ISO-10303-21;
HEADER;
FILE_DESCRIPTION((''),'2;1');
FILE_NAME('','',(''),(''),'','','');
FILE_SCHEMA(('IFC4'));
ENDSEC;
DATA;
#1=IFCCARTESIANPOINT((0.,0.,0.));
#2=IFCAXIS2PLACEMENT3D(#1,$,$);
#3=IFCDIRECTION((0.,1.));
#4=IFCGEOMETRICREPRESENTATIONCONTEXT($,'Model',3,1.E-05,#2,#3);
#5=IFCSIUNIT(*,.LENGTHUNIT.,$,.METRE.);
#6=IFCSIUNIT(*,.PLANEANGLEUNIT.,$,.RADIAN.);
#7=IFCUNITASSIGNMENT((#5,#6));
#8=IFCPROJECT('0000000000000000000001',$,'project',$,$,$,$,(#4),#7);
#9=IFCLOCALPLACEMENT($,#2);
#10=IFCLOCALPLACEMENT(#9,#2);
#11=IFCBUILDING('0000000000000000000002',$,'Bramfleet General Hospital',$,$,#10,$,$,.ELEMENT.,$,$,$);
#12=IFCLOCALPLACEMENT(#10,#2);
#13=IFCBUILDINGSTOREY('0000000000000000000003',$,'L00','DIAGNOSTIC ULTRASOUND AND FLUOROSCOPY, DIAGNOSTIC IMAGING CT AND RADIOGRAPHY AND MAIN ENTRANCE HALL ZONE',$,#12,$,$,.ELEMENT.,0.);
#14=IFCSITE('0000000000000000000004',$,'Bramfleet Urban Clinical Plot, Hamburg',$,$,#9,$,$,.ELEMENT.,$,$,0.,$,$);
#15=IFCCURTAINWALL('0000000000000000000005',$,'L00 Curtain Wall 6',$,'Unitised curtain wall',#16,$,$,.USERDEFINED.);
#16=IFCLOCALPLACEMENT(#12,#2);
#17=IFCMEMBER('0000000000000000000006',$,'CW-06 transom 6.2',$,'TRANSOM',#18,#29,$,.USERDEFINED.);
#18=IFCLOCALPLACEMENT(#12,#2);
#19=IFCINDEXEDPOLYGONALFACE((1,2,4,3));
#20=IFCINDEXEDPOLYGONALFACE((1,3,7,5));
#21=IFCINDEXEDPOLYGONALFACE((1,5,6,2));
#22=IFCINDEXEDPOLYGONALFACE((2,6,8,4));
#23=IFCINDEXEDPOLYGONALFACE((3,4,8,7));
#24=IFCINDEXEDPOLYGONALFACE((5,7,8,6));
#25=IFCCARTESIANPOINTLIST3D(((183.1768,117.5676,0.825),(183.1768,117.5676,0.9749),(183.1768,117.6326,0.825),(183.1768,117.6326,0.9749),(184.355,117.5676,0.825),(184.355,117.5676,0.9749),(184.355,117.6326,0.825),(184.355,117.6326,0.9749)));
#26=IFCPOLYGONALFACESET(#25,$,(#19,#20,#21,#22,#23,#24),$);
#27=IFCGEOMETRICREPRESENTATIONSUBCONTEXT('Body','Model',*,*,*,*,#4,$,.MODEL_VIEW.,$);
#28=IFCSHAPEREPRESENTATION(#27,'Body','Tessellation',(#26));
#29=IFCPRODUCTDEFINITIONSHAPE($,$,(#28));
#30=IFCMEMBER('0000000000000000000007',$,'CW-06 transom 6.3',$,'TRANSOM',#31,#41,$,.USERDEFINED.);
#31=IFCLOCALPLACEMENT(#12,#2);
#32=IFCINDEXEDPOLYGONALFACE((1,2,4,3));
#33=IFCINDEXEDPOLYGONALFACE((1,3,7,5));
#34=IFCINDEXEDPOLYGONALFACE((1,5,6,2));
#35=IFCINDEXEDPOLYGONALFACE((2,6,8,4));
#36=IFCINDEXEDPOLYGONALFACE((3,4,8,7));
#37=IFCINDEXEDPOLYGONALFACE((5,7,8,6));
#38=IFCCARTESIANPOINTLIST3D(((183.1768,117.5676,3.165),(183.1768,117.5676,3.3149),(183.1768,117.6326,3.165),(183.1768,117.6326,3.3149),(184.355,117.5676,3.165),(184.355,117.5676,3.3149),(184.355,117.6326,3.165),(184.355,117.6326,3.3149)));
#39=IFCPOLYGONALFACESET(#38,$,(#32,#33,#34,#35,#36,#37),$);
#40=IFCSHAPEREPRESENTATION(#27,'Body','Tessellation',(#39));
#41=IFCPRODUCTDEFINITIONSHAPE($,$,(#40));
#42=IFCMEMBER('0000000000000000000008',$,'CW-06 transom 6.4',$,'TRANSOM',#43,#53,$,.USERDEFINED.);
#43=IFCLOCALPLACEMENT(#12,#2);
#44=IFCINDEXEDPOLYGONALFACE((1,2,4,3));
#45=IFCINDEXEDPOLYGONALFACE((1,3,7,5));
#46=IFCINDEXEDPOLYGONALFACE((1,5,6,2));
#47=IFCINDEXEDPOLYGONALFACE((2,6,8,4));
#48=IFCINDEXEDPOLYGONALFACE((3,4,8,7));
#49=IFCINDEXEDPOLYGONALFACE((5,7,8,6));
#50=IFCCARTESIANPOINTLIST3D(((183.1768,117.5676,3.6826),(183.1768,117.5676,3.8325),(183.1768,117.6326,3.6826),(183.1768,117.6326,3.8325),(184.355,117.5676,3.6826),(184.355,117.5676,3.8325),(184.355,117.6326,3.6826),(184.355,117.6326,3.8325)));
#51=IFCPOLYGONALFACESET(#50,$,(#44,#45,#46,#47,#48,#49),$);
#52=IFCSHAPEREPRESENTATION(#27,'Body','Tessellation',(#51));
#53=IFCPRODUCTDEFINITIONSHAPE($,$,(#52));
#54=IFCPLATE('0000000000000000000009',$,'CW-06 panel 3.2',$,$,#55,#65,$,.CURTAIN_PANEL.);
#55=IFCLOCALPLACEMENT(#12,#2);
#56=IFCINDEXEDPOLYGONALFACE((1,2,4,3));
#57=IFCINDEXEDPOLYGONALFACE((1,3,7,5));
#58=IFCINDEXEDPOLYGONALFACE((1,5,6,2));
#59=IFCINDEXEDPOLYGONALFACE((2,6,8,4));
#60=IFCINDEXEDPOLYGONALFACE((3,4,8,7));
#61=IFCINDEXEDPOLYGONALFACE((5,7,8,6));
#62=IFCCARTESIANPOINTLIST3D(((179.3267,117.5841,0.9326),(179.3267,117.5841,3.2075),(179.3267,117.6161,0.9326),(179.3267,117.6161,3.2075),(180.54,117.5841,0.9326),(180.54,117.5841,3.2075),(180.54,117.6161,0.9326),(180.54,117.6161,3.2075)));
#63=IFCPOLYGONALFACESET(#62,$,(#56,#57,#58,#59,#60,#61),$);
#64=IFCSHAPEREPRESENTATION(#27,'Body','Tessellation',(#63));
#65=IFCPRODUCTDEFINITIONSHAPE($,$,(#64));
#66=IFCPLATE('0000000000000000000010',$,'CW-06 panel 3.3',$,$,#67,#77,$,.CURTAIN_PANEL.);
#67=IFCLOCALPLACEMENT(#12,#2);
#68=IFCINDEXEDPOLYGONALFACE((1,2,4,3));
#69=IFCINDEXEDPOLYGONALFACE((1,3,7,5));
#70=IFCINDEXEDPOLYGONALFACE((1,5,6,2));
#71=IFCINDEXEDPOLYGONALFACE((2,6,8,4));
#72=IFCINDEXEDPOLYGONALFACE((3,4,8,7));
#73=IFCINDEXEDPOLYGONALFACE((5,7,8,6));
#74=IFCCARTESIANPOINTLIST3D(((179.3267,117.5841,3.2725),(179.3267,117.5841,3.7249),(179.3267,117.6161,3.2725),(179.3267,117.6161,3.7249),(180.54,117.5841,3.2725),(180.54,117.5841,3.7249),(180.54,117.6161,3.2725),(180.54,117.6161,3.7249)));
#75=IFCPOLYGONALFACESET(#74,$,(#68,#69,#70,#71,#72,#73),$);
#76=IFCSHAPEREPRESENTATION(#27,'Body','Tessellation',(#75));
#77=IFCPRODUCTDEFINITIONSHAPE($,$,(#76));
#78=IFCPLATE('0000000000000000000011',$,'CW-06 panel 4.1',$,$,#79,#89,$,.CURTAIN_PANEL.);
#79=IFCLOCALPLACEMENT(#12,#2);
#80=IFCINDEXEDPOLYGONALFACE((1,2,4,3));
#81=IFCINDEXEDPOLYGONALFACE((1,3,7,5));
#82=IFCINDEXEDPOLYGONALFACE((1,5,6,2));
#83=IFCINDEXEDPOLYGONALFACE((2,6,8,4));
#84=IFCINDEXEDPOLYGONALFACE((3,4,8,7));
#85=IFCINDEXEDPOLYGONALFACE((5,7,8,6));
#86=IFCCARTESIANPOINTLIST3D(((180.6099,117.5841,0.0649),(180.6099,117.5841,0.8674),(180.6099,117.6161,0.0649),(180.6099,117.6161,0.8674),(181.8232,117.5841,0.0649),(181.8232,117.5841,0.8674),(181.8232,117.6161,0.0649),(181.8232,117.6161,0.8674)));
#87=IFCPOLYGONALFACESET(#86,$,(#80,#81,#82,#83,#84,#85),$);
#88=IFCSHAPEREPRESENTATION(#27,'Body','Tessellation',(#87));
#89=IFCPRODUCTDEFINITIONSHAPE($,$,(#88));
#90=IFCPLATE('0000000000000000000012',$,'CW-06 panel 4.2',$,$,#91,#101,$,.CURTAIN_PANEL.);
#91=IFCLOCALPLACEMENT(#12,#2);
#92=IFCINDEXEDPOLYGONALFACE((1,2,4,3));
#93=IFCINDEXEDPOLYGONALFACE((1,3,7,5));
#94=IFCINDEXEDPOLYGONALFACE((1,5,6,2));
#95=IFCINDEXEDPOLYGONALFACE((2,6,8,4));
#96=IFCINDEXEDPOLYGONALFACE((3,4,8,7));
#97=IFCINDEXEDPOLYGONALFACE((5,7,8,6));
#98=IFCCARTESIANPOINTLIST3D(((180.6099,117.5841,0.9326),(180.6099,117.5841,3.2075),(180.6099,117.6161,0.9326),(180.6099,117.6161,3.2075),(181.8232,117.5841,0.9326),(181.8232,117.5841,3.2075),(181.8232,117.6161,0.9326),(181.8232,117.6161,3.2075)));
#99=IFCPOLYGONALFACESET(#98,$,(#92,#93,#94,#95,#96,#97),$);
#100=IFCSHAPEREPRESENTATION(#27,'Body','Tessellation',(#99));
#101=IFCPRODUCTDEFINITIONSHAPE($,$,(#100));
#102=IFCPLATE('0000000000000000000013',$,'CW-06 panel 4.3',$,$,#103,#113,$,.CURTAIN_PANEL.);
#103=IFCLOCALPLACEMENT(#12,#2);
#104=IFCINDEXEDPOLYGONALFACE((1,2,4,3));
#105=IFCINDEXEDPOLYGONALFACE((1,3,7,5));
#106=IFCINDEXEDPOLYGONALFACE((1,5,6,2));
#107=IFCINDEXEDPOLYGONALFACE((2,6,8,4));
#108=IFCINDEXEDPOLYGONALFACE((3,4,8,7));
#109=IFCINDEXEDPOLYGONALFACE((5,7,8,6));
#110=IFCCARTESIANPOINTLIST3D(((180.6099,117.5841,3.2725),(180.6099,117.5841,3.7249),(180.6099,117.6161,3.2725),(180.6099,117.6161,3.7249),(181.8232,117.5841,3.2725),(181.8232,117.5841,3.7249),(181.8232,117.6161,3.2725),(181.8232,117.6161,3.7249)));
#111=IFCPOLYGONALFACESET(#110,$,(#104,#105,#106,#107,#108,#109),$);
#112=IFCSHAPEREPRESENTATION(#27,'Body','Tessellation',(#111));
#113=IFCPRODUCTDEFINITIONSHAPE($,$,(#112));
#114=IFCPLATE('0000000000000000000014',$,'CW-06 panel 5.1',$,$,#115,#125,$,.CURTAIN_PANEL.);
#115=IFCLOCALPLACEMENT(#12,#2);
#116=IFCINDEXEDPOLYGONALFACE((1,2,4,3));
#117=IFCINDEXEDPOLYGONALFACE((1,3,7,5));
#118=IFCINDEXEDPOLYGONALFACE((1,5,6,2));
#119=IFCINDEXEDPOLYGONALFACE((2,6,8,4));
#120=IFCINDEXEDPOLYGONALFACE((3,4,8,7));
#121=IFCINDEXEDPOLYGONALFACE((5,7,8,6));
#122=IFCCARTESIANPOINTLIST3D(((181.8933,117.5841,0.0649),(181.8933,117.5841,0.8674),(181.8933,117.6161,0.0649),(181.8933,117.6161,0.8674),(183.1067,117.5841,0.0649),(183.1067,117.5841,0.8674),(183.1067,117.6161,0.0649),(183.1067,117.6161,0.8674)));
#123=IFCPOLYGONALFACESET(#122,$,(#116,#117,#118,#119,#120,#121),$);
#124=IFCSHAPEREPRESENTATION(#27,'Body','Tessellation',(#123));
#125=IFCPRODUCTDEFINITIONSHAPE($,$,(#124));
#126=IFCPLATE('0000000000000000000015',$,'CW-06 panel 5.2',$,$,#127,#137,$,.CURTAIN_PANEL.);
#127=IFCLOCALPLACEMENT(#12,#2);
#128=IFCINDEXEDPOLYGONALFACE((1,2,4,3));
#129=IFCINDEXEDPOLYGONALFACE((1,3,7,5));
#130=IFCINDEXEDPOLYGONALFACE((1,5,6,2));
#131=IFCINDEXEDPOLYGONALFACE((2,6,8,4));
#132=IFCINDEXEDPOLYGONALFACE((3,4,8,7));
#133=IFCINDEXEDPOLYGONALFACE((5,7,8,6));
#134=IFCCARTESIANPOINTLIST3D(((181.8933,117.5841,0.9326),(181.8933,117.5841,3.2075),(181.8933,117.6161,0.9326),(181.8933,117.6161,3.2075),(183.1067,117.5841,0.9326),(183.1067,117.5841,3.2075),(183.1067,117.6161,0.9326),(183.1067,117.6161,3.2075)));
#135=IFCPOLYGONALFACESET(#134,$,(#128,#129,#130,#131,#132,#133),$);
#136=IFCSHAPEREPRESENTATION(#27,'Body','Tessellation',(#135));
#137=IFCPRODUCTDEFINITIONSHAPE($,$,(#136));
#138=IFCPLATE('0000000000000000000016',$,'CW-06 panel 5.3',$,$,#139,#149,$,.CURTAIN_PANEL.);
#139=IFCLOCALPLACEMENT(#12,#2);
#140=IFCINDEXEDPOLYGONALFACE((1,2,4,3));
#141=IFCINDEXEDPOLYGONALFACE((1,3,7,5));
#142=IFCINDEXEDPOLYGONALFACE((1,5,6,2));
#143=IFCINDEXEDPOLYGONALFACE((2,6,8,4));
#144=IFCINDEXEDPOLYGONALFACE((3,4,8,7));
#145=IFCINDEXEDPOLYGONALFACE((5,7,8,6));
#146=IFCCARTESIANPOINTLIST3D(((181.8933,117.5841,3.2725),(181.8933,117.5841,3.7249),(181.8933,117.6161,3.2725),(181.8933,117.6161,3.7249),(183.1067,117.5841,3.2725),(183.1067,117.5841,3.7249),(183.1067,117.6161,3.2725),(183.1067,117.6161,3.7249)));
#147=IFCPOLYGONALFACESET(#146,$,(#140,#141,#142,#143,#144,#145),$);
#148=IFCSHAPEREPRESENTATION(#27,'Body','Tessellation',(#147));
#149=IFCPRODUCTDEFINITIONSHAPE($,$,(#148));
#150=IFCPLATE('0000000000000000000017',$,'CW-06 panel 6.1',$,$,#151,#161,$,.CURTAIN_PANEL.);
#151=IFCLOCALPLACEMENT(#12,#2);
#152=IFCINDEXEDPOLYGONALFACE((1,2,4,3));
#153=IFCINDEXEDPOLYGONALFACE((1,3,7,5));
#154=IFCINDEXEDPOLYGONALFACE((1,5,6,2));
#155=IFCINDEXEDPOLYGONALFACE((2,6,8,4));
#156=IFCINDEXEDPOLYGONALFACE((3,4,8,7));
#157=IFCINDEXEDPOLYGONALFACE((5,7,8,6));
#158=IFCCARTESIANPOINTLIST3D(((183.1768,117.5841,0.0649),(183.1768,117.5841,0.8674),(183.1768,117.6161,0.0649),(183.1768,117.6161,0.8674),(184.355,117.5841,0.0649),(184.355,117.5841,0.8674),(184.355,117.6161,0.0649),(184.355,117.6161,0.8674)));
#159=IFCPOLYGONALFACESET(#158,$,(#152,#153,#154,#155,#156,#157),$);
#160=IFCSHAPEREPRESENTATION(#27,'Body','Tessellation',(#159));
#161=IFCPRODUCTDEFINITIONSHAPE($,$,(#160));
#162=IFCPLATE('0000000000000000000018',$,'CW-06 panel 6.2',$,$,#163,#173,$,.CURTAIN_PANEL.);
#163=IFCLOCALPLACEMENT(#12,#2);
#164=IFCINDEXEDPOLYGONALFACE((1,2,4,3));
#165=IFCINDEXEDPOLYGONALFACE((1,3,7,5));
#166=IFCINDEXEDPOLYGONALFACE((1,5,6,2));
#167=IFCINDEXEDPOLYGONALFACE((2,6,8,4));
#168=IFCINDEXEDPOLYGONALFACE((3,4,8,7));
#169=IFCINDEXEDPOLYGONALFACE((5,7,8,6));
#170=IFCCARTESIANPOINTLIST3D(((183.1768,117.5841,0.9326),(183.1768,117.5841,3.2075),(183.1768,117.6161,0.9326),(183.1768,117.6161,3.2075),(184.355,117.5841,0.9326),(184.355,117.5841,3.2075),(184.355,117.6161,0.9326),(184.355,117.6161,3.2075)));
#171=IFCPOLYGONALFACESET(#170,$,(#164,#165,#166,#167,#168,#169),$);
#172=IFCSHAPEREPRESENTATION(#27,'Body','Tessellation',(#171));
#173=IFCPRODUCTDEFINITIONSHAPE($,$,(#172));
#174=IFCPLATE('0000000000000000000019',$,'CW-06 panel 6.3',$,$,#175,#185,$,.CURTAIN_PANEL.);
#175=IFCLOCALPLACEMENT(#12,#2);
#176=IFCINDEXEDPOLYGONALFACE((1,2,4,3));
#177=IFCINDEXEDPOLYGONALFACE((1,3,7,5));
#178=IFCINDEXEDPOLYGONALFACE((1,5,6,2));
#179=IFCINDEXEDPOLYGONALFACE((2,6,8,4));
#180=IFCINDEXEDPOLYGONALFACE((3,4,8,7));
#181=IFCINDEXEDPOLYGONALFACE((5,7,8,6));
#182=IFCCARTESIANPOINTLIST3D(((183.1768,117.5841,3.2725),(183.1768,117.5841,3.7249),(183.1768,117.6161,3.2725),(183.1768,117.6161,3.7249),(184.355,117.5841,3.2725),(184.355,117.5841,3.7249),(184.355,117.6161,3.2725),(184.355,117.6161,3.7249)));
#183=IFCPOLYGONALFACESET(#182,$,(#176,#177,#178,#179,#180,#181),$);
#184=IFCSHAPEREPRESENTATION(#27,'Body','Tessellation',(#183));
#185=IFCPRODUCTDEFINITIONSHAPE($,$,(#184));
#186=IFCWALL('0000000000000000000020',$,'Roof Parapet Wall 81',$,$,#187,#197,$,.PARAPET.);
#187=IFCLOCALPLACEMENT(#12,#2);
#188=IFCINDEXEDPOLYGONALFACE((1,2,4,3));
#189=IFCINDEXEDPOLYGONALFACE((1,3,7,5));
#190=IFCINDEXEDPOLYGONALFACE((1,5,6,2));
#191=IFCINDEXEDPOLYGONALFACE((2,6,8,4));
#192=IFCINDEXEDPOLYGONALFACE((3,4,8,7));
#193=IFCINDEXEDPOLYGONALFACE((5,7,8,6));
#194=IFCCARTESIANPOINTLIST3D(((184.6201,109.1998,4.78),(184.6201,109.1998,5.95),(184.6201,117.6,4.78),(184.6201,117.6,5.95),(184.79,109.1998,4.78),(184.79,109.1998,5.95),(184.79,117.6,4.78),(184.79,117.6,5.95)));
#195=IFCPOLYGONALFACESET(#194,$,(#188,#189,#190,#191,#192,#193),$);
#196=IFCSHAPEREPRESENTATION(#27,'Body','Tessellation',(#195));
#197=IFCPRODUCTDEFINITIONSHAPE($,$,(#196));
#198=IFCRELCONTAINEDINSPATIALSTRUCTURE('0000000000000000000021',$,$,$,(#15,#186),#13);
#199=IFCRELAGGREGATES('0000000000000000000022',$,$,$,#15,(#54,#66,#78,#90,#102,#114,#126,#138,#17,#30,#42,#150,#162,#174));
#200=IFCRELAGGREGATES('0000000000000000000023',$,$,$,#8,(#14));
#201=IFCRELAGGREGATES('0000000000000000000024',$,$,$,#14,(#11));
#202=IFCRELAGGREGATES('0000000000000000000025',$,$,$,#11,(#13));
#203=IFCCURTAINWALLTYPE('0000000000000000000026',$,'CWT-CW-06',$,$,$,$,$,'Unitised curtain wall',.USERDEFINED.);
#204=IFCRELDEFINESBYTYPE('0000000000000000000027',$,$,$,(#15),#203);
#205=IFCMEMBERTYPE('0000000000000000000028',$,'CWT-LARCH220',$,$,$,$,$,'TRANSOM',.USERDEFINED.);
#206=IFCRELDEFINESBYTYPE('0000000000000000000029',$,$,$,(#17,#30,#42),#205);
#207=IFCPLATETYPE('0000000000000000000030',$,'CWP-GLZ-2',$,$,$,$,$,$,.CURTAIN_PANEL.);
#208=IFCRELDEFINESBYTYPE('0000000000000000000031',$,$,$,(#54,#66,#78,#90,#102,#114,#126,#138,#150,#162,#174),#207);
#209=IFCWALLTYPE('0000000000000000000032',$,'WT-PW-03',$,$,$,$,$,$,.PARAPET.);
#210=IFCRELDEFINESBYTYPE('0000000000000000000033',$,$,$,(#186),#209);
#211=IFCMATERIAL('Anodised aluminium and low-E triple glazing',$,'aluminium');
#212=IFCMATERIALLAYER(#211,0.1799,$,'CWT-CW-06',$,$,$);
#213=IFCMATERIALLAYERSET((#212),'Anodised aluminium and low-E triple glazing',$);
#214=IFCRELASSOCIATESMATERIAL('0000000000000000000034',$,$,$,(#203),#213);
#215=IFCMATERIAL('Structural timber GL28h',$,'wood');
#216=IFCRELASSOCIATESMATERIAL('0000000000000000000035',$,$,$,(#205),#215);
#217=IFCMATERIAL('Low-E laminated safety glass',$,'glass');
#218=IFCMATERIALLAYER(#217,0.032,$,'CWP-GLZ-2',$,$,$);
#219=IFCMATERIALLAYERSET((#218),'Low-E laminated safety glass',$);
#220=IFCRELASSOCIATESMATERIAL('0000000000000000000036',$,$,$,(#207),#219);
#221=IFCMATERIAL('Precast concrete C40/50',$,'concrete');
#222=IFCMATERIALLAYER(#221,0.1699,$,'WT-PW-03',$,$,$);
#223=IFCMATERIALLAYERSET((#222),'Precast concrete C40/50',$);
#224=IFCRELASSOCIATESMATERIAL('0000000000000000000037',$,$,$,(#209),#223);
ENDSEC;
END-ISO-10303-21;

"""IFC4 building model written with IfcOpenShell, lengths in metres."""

from ifc_helpers import new_model, si_unit, direction, frame, frame_2d, origin, origin_2d, place, context, subcontext, project, spatial, rectangle, extrude, material, layer, layer_set, material_profile, profile_set, type_object, element, aggregate, save


model = new_model("IFC4")

# Units and contexts
model_context = context("Model", 3, precision=1e-05, world=origin(), true_north=direction((0.0, 1.0)))
body_context = subcontext(model_context, "Body", "Model", "MODEL_VIEW")
ifc_project = project(units=[si_unit("LENGTHUNIT", "METRE"), si_unit("PLANEANGLEUNIT", "RADIAN")], contexts=[model_context])

# Site, building, storey
site_placement = place(None, origin())
site = spatial("IfcSite", under=ifc_project, at=site_placement, Name="Bramfleet Urban Clinical Plot, Hamburg", CompositionType="ELEMENT", RefElevation=0.0)
building_placement = place(site_placement, origin())
building = spatial("IfcBuilding", under=site, at=building_placement, Name="Bramfleet General Hospital", CompositionType="ELEMENT")
storey_placement = place(building_placement, origin())
storey = spatial("IfcBuildingStorey", under=building, at=storey_placement, Name="L00", Description="DIAGNOSTIC ULTRASOUND AND FLUOROSCOPY, DIAGNOSTIC IMAGING CT AND RADIOGRAPHY AND MAIN ENTRANCE HALL ZONE", CompositionType="ELEMENT", Elevation=0.0)

# Curtain wall, members, plates
ifc_material_1 = material(Name="Anodised aluminium and low-E triple glazing", Category="aluminium")
ifc_layer_1 = layer(ifc_material_1, 0.1799, Name="CWT-CW-06")
ifc_layer_set_1 = layer_set([ifc_layer_1], Name="Anodised aluminium and low-E triple glazing")
curtain_wall_type = type_object("IfcCurtainWallType", Name="CWT-CW-06", ElementType="Unitised curtain wall", PredefinedType="USERDEFINED", material=ifc_layer_set_1)
curtain_wall_placement = place(storey_placement, origin())
curtain_wall = element("IfcCurtainWall", 1, at=curtain_wall_placement, inside=storey, type_object=curtain_wall_type, Name="L00 Curtain Wall 6", ObjectType="Unitised curtain wall", PredefinedType="USERDEFINED")
ifc_material_2 = material(Name="Structural timber GL28h", Category="wood")
ifc_material_profile_1 = material_profile(ifc_material_2, rectangle(XDim=0.0649, YDim=0.1499, at=origin_2d()), Name="LARCH 150x65")
ifc_profile_set_1 = profile_set([ifc_material_profile_1], Name="Structural timber GL28h")
member_type_1 = type_object("IfcMemberType", Name="CWT-LARCH220", ElementType="TRANSOM", PredefinedType="USERDEFINED", material=ifc_profile_set_1)
member_1_placement = place(storey_placement, frame((183.1768, 117.6001, 0.8999), z_axis=(1.0, 0.0, 0.0), x_axis=(0.0, 1.0, 0.0)))
member_1 = element("IfcMember", 2, at=member_1_placement, type_object=member_type_1, Name="CW-06 transom 6.2", ObjectType="TRANSOM", PredefinedType="USERDEFINED", context=body_context, shape_type="SweptSolid", body=[
    extrude(rectangle(XDim=0.0649, YDim=0.1499, at=origin_2d()), origin(), (0.0, 0.0, 1.0), 1.1782),
])
member_2_placement = place(storey_placement, frame((183.1768, 117.6001, 3.24), z_axis=(1.0, 0.0, 0.0), x_axis=(0.0, 1.0, 0.0)))
member_2 = element("IfcMember", 3, at=member_2_placement, type_object=member_type_1, Name="CW-06 transom 6.3", ObjectType="TRANSOM", PredefinedType="USERDEFINED", context=body_context, shape_type="SweptSolid", body=[
    extrude(rectangle(XDim=0.0649, YDim=0.1499, at=origin_2d()), origin(), (0.0, 0.0, 1.0), 1.1782),
])
member_3_placement = place(storey_placement, frame((183.1768, 117.6001, 3.7576), z_axis=(1.0, 0.0, 0.0), x_axis=(0.0, 1.0, 0.0)))
member_3 = element("IfcMember", 4, at=member_3_placement, type_object=member_type_1, Name="CW-06 transom 6.4", ObjectType="TRANSOM", PredefinedType="USERDEFINED", context=body_context, shape_type="SweptSolid", body=[
    extrude(rectangle(XDim=0.0649, YDim=0.1499, at=origin_2d()), origin(), (0.0, 0.0, 1.0), 1.1782),
])
ifc_material_3 = material(Name="Low-E laminated safety glass", Category="glass")
ifc_layer_2 = layer(ifc_material_3, 0.032, Name="CWP-GLZ-2")
ifc_layer_set_2 = layer_set([ifc_layer_2], Name="Low-E laminated safety glass")
plate_type = type_object("IfcPlateType", Name="CWP-GLZ-2", PredefinedType="CURTAIN_PANEL", material=ifc_layer_set_2)
plate_1_placement = place(storey_placement, frame((179.9333, 117.6001, 0.9326), z_axis=(0.0, 0.0, 1.0), x_axis=(1.0, 0.0, 0.0)))
plate_1 = element("IfcPlate", 5, at=plate_1_placement, type_object=plate_type, Name="CW-06 panel 3.2", PredefinedType="CURTAIN_PANEL", context=body_context, shape_type="SweptSolid", body=[
    extrude(rectangle(XDim=1.2134, YDim=0.032, at=origin_2d()), origin(), (0.0, 0.0, 1.0), 2.2749),
])
plate_2_placement = place(storey_placement, frame((179.9333, 117.6001, 3.2725), z_axis=(0.0, 0.0, 1.0), x_axis=(1.0, 0.0, 0.0)))
plate_2 = element("IfcPlate", 6, at=plate_2_placement, type_object=plate_type, Name="CW-06 panel 3.3", PredefinedType="CURTAIN_PANEL", context=body_context, shape_type="SweptSolid", body=[
    extrude(rectangle(XDim=1.2134, YDim=0.032, at=origin_2d()), origin(), (0.0, 0.0, 1.0), 0.4524),
])
plate_3_placement = place(storey_placement, frame((181.2166, 117.6001, 0.0649), z_axis=(0.0, 0.0, 1.0), x_axis=(1.0, 0.0, 0.0)))
plate_3 = element("IfcPlate", 7, at=plate_3_placement, type_object=plate_type, Name="CW-06 panel 4.1", PredefinedType="CURTAIN_PANEL", context=body_context, shape_type="SweptSolid", body=[
    extrude(rectangle(XDim=1.2134, YDim=0.032, at=origin_2d()), origin(), (0.0, 0.0, 1.0), 0.8025),
])
plate_4_placement = place(storey_placement, frame((181.2166, 117.6001, 0.9326), z_axis=(0.0, 0.0, 1.0), x_axis=(1.0, 0.0, 0.0)))
plate_4 = element("IfcPlate", 8, at=plate_4_placement, type_object=plate_type, Name="CW-06 panel 4.2", PredefinedType="CURTAIN_PANEL", context=body_context, shape_type="SweptSolid", body=[
    extrude(rectangle(XDim=1.2134, YDim=0.032, at=origin_2d()), origin(), (0.0, 0.0, 1.0), 2.2749),
])
plate_5_placement = place(storey_placement, frame((181.2166, 117.6001, 3.2725), z_axis=(0.0, 0.0, 1.0), x_axis=(1.0, 0.0, 0.0)))
plate_5 = element("IfcPlate", 9, at=plate_5_placement, type_object=plate_type, Name="CW-06 panel 4.3", PredefinedType="CURTAIN_PANEL", context=body_context, shape_type="SweptSolid", body=[
    extrude(rectangle(XDim=1.2134, YDim=0.032, at=origin_2d()), origin(), (0.0, 0.0, 1.0), 0.4524),
])
plate_6_placement = place(storey_placement, frame((182.5, 117.6001, 0.0649), z_axis=(0.0, 0.0, 1.0), x_axis=(1.0, 0.0, 0.0)))
plate_6 = element("IfcPlate", 10, at=plate_6_placement, type_object=plate_type, Name="CW-06 panel 5.1", PredefinedType="CURTAIN_PANEL", context=body_context, shape_type="SweptSolid", body=[
    extrude(rectangle(XDim=1.2134, YDim=0.032, at=origin_2d()), origin(), (0.0, 0.0, 1.0), 0.8025),
])
plate_7_placement = place(storey_placement, frame((182.5, 117.6001, 0.9326), z_axis=(0.0, 0.0, 1.0), x_axis=(1.0, 0.0, 0.0)))
plate_7 = element("IfcPlate", 11, at=plate_7_placement, type_object=plate_type, Name="CW-06 panel 5.2", PredefinedType="CURTAIN_PANEL", context=body_context, shape_type="SweptSolid", body=[
    extrude(rectangle(XDim=1.2134, YDim=0.032, at=origin_2d()), origin(), (0.0, 0.0, 1.0), 2.2749),
])
plate_8_placement = place(storey_placement, frame((182.5, 117.6001, 3.2725), z_axis=(0.0, 0.0, 1.0), x_axis=(1.0, 0.0, 0.0)))
plate_8 = element("IfcPlate", 12, at=plate_8_placement, type_object=plate_type, Name="CW-06 panel 5.3", PredefinedType="CURTAIN_PANEL", context=body_context, shape_type="SweptSolid", body=[
    extrude(rectangle(XDim=1.2134, YDim=0.032, at=origin_2d()), origin(), (0.0, 0.0, 1.0), 0.4524),
])
plate_9_placement = place(storey_placement, frame((183.7659, 117.6001, 0.0649), z_axis=(0.0, 0.0, 1.0), x_axis=(1.0, 0.0, 0.0)))
plate_9 = element("IfcPlate", 13, at=plate_9_placement, type_object=plate_type, Name="CW-06 panel 6.1", PredefinedType="CURTAIN_PANEL", context=body_context, shape_type="SweptSolid", body=[
    extrude(rectangle(XDim=1.1782, YDim=0.032, at=origin_2d()), origin(), (0.0, 0.0, 1.0), 0.8025),
])
plate_10_placement = place(storey_placement, frame((183.7659, 117.6001, 0.9326), z_axis=(0.0, 0.0, 1.0), x_axis=(1.0, 0.0, 0.0)))
plate_10 = element("IfcPlate", 14, at=plate_10_placement, type_object=plate_type, Name="CW-06 panel 6.2", PredefinedType="CURTAIN_PANEL", context=body_context, shape_type="SweptSolid", body=[
    extrude(rectangle(XDim=1.1782, YDim=0.032, at=origin_2d()), origin(), (0.0, 0.0, 1.0), 2.2749),
])
plate_11_placement = place(storey_placement, frame((183.7659, 117.6001, 3.2725), z_axis=(0.0, 0.0, 1.0), x_axis=(1.0, 0.0, 0.0)))
plate_11 = element("IfcPlate", 15, at=plate_11_placement, type_object=plate_type, Name="CW-06 panel 6.3", PredefinedType="CURTAIN_PANEL", context=body_context, shape_type="SweptSolid", body=[
    extrude(rectangle(XDim=1.1782, YDim=0.032, at=origin_2d()), origin(), (0.0, 0.0, 1.0), 0.4524),
])
aggregate(curtain_wall, [plate_1, plate_2, plate_3, plate_4, plate_5, plate_6, plate_7, plate_8, member_1, member_2, member_3, plate_9, plate_10, plate_11])

# Wall
ifc_material_4 = material(Name="Precast concrete C40/50", Category="concrete")
ifc_layer_3 = layer(ifc_material_4, 0.1699, Name="WT-PW-03")
ifc_layer_set_3 = layer_set([ifc_layer_3], Name="Precast concrete C40/50")
wall_type = type_object("IfcWallType", Name="WT-PW-03", PredefinedType="PARAPET", material=ifc_layer_set_3)
wall_placement = place(storey_placement, frame((184.7051, 117.6001, 4.78), z_axis=(0.0, 0.0, 1.0), x_axis=(0.0, -1.0, 0.0)))
element("IfcWall", 16, at=wall_placement, inside=storey, type_object=wall_type, Name="Roof Parapet Wall 81", PredefinedType="PARAPET", context=body_context, shape_type="SweptSolid", body=[
    extrude(rectangle(XDim=8.4001, YDim=0.1699, at=frame_2d((4.2002, 0.0))), origin(), (0.0, 0.0, 1.0), 1.1699),
])

save(model, "model.ifc")
